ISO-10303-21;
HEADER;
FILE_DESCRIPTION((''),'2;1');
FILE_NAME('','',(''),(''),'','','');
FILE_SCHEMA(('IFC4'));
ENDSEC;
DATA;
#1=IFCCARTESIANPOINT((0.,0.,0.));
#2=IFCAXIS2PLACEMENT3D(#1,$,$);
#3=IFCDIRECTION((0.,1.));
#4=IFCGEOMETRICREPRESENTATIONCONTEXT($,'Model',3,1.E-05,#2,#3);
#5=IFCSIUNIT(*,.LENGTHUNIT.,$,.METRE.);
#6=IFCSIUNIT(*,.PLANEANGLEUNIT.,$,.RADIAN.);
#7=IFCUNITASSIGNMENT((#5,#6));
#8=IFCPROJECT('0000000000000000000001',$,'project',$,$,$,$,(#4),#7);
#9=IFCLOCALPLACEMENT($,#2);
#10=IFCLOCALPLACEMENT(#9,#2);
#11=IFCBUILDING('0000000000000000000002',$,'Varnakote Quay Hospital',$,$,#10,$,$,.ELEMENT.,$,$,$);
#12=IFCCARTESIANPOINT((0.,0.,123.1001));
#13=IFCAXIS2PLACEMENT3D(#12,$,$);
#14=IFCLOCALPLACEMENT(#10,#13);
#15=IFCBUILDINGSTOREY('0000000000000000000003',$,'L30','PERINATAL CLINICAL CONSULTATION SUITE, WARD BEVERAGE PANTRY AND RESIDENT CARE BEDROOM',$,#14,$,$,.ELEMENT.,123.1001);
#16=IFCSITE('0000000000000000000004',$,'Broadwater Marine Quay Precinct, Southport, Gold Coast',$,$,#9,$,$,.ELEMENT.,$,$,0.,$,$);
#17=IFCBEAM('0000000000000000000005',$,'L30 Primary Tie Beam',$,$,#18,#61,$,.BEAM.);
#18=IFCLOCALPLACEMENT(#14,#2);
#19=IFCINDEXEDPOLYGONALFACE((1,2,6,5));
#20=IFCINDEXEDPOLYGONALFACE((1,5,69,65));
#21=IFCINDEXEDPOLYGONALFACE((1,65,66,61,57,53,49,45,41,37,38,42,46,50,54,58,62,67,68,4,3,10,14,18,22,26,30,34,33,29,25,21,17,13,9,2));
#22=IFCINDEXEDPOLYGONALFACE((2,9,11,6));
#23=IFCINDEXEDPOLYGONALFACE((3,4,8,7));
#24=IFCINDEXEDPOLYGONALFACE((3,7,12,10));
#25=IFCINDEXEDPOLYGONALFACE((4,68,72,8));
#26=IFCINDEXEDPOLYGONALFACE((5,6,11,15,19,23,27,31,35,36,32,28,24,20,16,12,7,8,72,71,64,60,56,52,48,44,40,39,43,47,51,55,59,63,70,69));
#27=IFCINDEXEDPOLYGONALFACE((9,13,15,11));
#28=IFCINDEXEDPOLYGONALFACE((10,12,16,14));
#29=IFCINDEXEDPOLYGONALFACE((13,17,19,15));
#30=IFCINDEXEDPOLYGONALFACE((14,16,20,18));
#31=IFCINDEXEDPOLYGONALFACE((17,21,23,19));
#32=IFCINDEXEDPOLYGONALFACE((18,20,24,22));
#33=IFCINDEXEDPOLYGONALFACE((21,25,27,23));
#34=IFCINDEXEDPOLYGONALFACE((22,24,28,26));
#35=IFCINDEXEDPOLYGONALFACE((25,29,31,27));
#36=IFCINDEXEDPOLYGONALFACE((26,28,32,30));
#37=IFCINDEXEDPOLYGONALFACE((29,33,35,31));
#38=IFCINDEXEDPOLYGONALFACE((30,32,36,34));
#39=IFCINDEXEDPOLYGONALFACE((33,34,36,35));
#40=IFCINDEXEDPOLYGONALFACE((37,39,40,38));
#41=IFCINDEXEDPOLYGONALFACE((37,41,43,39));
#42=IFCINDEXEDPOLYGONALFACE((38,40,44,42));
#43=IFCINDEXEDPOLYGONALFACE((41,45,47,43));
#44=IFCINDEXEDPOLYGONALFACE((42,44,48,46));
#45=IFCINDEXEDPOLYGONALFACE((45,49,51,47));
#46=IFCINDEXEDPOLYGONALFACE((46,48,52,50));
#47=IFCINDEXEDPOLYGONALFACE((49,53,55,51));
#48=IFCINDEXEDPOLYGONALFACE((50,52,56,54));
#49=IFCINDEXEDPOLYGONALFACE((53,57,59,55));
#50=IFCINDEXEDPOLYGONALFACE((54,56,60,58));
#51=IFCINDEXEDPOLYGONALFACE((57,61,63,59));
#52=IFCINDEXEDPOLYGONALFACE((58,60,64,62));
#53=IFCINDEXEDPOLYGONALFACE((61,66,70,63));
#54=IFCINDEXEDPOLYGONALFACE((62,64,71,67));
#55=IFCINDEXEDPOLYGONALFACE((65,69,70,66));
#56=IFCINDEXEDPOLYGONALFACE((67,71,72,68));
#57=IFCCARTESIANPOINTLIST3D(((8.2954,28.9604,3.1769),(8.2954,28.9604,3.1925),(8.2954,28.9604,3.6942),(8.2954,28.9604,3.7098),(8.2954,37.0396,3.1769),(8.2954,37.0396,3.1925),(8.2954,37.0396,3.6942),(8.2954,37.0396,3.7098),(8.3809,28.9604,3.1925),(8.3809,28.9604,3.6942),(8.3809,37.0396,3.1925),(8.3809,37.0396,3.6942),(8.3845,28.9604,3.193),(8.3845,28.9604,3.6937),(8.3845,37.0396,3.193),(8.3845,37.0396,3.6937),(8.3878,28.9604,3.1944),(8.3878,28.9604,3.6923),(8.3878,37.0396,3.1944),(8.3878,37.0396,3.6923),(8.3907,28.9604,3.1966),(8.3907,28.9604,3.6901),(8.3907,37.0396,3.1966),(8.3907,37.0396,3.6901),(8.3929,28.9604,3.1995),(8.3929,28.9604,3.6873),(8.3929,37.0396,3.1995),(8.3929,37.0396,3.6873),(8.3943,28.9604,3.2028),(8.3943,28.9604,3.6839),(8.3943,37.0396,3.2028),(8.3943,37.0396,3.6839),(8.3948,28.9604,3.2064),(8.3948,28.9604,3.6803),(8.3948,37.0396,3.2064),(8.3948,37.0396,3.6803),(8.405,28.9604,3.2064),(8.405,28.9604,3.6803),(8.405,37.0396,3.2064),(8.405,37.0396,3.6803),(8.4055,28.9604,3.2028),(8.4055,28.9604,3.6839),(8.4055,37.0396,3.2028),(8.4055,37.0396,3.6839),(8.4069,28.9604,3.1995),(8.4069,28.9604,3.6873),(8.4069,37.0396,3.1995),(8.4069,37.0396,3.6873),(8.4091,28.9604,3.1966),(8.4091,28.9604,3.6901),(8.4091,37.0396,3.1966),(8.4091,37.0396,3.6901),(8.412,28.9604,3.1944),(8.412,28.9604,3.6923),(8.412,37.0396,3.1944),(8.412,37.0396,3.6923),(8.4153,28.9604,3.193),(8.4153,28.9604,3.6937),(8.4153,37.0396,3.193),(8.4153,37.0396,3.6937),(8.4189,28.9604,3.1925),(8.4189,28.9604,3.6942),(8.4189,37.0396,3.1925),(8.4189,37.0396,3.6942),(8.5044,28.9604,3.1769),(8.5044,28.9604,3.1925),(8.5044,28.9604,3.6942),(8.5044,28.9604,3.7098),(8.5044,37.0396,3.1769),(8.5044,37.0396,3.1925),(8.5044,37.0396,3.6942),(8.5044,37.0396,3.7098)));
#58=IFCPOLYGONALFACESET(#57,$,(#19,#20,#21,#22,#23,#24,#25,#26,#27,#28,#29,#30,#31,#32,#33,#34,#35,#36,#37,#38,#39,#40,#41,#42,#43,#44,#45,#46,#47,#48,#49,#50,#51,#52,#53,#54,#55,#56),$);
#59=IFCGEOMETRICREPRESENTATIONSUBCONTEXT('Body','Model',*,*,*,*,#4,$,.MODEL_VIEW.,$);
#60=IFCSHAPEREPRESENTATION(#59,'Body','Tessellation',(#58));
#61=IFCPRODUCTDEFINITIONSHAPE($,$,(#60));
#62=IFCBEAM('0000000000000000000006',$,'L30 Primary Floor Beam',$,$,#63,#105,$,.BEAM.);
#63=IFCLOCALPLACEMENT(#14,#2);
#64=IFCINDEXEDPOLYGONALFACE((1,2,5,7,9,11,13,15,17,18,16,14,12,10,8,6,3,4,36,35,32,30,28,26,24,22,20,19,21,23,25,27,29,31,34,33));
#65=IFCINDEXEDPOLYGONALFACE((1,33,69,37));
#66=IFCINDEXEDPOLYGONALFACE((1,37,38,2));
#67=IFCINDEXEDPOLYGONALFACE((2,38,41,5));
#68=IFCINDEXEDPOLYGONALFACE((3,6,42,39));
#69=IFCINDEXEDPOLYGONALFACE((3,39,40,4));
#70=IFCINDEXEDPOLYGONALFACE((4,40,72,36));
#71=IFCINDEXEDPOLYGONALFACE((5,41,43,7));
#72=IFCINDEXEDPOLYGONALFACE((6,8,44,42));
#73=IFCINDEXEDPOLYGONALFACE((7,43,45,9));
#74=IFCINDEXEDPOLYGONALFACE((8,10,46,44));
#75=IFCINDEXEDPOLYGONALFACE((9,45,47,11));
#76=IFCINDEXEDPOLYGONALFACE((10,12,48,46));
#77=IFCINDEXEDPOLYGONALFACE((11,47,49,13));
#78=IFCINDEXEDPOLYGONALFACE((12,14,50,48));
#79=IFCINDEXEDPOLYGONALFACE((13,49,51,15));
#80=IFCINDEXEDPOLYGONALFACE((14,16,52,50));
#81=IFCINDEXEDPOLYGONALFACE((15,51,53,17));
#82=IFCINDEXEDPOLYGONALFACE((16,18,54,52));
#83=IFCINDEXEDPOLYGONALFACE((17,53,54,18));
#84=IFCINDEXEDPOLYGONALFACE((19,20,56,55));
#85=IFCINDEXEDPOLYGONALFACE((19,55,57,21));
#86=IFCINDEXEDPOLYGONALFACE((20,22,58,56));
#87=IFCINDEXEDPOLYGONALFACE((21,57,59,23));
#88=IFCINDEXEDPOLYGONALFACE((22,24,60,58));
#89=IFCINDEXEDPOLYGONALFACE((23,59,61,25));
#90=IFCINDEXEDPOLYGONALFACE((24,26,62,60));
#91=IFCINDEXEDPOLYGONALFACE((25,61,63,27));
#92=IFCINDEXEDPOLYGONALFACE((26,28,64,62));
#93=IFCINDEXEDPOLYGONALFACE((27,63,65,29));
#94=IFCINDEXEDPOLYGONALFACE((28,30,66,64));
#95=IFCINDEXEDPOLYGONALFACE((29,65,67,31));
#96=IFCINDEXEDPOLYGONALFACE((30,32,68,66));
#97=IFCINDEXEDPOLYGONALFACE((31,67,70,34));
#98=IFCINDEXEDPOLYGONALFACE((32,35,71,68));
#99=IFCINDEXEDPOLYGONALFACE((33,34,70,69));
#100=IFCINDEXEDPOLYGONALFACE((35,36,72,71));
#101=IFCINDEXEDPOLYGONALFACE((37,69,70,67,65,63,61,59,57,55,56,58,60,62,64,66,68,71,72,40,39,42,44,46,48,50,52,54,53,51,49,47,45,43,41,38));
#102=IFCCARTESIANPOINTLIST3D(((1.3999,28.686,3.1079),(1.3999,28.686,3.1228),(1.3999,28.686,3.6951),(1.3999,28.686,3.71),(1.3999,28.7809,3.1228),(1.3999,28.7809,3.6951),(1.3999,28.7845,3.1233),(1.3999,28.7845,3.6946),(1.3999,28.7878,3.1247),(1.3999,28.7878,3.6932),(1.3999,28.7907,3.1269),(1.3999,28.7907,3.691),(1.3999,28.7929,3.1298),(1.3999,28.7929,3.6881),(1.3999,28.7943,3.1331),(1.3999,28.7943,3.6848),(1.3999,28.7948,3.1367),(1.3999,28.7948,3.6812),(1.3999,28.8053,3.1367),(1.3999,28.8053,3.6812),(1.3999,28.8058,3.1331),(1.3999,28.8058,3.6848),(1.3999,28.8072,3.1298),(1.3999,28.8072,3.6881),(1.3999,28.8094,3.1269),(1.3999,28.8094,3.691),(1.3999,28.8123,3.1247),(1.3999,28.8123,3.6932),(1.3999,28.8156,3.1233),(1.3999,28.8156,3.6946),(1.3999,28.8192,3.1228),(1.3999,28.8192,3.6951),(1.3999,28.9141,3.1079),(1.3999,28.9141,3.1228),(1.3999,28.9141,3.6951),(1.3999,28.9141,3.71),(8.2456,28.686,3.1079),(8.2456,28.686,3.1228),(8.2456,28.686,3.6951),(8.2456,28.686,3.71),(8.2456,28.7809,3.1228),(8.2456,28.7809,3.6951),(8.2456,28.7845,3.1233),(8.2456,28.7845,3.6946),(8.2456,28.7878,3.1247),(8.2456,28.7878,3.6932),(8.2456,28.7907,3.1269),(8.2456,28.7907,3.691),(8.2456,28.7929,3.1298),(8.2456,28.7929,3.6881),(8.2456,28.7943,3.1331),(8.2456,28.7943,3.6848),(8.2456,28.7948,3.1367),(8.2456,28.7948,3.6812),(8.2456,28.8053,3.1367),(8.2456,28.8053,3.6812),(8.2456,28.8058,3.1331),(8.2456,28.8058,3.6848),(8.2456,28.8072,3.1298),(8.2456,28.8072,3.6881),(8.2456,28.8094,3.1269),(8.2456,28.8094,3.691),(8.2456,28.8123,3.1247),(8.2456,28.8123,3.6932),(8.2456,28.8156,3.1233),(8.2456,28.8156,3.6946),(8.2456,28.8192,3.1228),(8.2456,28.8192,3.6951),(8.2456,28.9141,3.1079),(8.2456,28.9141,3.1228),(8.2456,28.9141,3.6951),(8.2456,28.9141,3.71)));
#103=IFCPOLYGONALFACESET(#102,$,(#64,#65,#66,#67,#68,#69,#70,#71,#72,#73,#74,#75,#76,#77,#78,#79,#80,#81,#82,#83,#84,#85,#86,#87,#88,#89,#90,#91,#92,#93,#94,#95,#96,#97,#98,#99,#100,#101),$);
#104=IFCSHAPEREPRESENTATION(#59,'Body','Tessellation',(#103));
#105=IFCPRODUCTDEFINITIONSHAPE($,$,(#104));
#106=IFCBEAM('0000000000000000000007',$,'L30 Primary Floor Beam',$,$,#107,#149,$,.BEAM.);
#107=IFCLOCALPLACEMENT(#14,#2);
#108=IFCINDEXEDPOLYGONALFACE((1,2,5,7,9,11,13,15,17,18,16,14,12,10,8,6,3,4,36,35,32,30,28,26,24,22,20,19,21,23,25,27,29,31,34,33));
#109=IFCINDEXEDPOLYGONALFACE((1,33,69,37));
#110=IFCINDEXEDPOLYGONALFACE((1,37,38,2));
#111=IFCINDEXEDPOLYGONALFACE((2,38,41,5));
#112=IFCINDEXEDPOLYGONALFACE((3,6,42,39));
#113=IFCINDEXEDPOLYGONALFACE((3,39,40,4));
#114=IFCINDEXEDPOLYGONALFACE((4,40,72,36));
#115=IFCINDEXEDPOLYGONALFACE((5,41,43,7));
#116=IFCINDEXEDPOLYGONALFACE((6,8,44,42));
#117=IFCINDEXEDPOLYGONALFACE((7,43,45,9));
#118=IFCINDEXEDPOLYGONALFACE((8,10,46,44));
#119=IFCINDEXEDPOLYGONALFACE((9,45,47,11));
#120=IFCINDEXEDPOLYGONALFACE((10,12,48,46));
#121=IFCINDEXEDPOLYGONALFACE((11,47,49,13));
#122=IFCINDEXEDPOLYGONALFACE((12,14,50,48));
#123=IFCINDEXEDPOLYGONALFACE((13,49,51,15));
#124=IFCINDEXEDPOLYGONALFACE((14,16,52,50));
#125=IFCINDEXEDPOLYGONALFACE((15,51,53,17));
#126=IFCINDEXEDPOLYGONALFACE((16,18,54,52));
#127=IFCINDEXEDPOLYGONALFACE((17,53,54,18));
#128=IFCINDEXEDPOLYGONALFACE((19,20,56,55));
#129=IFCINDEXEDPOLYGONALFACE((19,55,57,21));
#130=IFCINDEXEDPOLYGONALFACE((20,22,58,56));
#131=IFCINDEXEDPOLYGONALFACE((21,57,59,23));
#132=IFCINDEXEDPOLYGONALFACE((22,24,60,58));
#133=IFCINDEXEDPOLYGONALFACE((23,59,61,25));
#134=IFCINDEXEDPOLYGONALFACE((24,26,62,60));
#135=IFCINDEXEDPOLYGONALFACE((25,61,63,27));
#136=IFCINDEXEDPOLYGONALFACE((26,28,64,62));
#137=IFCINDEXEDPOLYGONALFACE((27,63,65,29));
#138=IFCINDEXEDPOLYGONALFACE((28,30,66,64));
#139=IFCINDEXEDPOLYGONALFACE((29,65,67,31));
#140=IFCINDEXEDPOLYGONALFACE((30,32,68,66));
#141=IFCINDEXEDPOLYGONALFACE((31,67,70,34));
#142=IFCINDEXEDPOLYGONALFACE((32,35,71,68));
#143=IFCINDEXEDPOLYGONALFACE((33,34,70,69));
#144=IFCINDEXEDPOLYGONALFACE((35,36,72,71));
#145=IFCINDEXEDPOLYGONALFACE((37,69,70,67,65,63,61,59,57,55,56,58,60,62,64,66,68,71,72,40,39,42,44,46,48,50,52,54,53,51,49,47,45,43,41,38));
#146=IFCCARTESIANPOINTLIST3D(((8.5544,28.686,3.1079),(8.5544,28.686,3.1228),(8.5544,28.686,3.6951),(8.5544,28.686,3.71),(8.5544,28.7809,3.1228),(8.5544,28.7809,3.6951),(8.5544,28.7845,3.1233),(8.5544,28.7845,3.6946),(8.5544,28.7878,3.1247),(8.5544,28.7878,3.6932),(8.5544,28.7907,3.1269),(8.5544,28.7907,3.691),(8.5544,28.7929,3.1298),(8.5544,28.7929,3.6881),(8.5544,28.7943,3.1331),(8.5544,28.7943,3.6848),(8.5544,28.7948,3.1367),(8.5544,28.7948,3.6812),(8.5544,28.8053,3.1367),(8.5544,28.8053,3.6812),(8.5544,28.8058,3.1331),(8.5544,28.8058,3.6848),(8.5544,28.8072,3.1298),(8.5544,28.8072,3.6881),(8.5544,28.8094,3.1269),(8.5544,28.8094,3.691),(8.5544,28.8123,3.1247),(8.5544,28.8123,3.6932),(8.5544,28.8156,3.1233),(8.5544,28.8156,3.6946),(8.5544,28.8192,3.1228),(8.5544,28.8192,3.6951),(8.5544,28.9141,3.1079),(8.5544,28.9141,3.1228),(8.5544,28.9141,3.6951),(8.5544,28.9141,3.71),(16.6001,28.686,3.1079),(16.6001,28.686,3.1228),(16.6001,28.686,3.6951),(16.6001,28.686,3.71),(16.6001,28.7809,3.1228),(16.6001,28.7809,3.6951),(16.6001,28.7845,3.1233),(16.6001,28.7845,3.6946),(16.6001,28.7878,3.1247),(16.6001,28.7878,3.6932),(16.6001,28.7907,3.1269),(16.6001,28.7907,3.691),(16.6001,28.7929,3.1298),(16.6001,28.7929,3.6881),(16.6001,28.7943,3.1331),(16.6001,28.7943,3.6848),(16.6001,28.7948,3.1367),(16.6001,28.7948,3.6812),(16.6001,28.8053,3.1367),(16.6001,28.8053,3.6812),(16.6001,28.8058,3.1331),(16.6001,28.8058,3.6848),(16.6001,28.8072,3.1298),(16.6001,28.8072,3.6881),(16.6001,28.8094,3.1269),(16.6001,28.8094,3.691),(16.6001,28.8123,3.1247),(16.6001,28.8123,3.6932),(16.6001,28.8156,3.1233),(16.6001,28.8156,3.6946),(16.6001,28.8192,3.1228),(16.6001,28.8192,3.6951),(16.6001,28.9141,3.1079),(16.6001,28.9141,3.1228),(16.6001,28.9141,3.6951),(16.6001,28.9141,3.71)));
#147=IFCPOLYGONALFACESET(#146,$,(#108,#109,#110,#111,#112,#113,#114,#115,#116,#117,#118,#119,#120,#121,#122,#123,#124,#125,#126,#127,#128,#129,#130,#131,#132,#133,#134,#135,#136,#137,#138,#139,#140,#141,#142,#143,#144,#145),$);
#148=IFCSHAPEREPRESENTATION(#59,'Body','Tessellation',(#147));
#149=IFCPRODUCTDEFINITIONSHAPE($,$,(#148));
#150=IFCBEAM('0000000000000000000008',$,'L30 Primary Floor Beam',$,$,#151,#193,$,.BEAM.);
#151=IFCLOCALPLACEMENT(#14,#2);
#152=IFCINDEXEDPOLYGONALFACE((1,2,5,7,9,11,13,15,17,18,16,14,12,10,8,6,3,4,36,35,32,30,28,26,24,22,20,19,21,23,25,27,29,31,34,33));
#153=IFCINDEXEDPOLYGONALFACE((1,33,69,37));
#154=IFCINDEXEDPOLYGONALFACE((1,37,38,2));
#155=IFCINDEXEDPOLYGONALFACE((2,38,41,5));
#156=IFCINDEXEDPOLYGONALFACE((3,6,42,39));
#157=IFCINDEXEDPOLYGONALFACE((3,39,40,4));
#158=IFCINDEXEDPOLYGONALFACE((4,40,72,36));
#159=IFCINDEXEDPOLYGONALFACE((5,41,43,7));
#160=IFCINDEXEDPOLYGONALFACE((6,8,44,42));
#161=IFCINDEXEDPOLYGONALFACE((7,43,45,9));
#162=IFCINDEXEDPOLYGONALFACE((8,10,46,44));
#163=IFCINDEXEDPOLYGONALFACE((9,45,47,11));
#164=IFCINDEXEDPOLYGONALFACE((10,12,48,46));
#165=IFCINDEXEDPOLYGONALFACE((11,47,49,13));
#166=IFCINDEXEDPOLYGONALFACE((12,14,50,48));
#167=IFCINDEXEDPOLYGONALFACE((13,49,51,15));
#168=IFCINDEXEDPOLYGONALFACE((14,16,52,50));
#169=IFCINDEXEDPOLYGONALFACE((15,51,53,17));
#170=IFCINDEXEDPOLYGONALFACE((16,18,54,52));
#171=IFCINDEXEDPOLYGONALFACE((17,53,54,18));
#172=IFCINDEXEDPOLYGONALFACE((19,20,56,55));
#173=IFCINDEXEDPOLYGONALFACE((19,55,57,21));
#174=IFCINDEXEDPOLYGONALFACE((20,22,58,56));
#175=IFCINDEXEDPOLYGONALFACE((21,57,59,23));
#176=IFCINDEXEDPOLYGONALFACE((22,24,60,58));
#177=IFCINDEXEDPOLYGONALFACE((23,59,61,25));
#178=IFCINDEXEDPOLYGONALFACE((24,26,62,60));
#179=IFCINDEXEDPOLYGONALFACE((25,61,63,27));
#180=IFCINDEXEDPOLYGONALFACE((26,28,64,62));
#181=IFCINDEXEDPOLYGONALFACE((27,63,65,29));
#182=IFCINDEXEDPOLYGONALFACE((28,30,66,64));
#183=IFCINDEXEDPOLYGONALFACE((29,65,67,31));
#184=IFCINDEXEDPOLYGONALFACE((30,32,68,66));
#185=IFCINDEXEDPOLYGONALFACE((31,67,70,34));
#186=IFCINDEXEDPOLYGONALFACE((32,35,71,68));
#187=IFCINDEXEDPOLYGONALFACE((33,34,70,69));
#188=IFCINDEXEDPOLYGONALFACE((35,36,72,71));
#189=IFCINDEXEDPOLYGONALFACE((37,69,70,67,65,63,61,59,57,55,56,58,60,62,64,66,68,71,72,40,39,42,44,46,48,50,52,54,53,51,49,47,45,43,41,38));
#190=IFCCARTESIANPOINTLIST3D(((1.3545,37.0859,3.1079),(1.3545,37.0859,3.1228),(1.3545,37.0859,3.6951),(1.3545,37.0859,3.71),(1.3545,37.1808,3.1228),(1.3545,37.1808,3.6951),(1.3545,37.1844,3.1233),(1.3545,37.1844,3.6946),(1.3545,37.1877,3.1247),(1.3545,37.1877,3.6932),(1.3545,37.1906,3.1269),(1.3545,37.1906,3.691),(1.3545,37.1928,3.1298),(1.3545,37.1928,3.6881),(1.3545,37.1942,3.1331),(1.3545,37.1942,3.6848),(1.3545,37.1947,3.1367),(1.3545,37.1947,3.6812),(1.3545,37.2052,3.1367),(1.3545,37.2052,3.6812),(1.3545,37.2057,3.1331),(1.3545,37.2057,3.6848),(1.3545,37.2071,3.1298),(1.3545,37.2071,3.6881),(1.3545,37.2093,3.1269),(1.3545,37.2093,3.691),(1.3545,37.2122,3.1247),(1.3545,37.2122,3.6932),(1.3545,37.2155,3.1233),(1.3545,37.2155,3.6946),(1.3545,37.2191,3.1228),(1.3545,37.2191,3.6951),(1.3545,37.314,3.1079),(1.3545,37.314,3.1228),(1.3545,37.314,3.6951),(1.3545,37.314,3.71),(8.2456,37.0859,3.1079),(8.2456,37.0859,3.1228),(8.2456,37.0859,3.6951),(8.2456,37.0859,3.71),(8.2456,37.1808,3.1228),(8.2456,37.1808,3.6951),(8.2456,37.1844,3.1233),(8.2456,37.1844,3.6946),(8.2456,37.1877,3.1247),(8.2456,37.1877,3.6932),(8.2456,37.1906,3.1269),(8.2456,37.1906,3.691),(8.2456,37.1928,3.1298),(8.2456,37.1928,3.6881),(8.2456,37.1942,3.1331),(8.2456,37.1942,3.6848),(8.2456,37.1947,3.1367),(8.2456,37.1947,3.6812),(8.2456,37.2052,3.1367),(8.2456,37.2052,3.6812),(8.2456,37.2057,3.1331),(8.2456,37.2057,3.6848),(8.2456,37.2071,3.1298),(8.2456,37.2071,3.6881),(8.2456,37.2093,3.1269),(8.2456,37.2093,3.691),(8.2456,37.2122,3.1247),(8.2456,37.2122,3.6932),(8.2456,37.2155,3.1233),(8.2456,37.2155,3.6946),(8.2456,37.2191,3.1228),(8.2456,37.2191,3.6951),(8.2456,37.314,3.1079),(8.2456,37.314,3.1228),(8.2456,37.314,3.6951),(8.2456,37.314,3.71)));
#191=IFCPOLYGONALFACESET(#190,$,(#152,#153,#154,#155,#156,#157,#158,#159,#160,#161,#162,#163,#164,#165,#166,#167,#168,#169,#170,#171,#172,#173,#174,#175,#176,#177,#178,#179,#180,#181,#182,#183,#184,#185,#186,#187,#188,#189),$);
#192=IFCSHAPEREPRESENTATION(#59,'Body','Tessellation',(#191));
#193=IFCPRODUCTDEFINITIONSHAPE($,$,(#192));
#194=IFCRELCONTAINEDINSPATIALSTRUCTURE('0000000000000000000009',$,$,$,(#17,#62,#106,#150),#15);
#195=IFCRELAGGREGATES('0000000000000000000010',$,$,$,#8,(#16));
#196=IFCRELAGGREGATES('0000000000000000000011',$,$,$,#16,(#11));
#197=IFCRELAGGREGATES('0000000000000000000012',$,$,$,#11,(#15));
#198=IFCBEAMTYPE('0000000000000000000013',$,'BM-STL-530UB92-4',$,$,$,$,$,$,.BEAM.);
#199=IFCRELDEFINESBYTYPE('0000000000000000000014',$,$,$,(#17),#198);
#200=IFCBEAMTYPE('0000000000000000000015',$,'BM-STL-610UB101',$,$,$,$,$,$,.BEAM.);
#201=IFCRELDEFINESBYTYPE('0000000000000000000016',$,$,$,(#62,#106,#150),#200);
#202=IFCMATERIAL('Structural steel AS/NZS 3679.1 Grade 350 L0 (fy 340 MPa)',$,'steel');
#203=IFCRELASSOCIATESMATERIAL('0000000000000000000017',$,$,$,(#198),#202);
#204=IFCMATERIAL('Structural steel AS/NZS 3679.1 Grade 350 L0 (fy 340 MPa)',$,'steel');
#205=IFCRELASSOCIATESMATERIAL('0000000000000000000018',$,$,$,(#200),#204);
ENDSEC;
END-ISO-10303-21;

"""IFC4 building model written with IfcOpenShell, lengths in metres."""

from ifc_helpers import new_model, si_unit, direction, frame, origin, origin_2d, place, context, subcontext, project, spatial, i_section, extrude, material, material_profile, profile_set, type_object, element, save


model = new_model("IFC4")

# Units and contexts
model_context = context("Model", 3, precision=1e-05, world=origin(), true_north=direction((0.0, 1.0)))
body_context = subcontext(model_context, "Body", "Model", "MODEL_VIEW")
ifc_project = project(units=[si_unit("LENGTHUNIT", "METRE"), si_unit("PLANEANGLEUNIT", "RADIAN")], contexts=[model_context])

# Site, building, storey
site_placement = place(None, origin())
site = spatial("IfcSite", under=ifc_project, at=site_placement, Name="Broadwater Marine Quay Precinct, Southport, Gold Coast", CompositionType="ELEMENT", RefElevation=0.0)
building_placement = place(site_placement, origin())
building = spatial("IfcBuilding", under=site, at=building_placement, Name="Varnakote Quay Hospital", CompositionType="ELEMENT")
storey_placement = place(building_placement, frame((0.0, 0.0, 123.1001)))
storey = spatial("IfcBuildingStorey", under=building, at=storey_placement, Name="L30", Description="PERINATAL CLINICAL CONSULTATION SUITE, WARD BEVERAGE PANTRY AND RESIDENT CARE BEDROOM", CompositionType="ELEMENT", Elevation=123.1001)

# Beams
ifc_material_1 = material(Name="Structural steel AS/NZS 3679.1 Grade 350 L0 (fy 340 MPa)", Category="steel")
ifc_material_profile_1 = material_profile(ifc_material_1, i_section(OverallWidth=0.209, OverallDepth=0.533, WebThickness=0.0103, FlangeThickness=0.0156, FilletRadius=0.0139, at=origin_2d()), Name="530UB92.4")
ifc_profile_set_1 = profile_set([ifc_material_profile_1], Name="Structural steel AS/NZS 3679.1 Grade 350 L0 (fy 340 MPa)")
beam_type_1 = type_object("IfcBeamType", Name="BM-STL-530UB92-4", PredefinedType="BEAM", material=ifc_profile_set_1)
beam_1_placement = place(storey_placement, frame((8.3999, 28.9604, 3.4434), z_axis=(0.0, 1.0, 0.0), x_axis=(-1.0, 0.0, 0.0)))
element("IfcBeam", 1, at=beam_1_placement, inside=storey, type_object=beam_type_1, Name="L30 Primary Tie Beam", PredefinedType="BEAM", context=body_context, shape_type="SweptSolid", body=[
    extrude(i_section(OverallWidth=0.209, OverallDepth=0.533, WebThickness=0.0103, FlangeThickness=0.0156, FilletRadius=0.0139, at=origin_2d()), origin(), (0.0, 0.0, 1.0), 8.0791),
])
ifc_material_2 = material(Name="Structural steel AS/NZS 3679.1 Grade 350 L0 (fy 340 MPa)", Category="steel")
ifc_material_profile_2 = material_profile(ifc_material_2, i_section(OverallWidth=0.228, OverallDepth=0.6021, WebThickness=0.0105, FlangeThickness=0.0149, FilletRadius=0.0139, at=origin_2d()), Name="610UB101")
ifc_profile_set_2 = profile_set([ifc_material_profile_2], Name="Structural steel AS/NZS 3679.1 Grade 350 L0 (fy 340 MPa)")
beam_type_2 = type_object("IfcBeamType", Name="BM-STL-610UB101", PredefinedType="BEAM", material=ifc_profile_set_2)
beam_2_placement = place(storey_placement, frame((1.3999, 28.8, 3.4089), z_axis=(1.0, 0.0, 0.0), x_axis=(0.0, 1.0, 0.0)))
element("IfcBeam", 2, at=beam_2_placement, inside=storey, type_object=beam_type_2, Name="L30 Primary Floor Beam", PredefinedType="BEAM", context=body_context, shape_type="SweptSolid", body=[
    extrude(i_section(OverallWidth=0.228, OverallDepth=0.6021, WebThickness=0.0105, FlangeThickness=0.0149, FilletRadius=0.0139, at=origin_2d()), origin(), (0.0, 0.0, 1.0), 6.8457),
])
beam_3_placement = place(storey_placement, frame((8.5544, 28.8, 3.4089), z_axis=(1.0, 0.0, 0.0), x_axis=(0.0, 1.0, 0.0)))
element("IfcBeam", 3, at=beam_3_placement, inside=storey, type_object=beam_type_2, Name="L30 Primary Floor Beam", PredefinedType="BEAM", context=body_context, shape_type="SweptSolid", body=[
    extrude(i_section(OverallWidth=0.228, OverallDepth=0.6021, WebThickness=0.0105, FlangeThickness=0.0149, FilletRadius=0.0139, at=origin_2d()), origin(), (0.0, 0.0, 1.0), 8.0457),
])
beam_4_placement = place(storey_placement, frame((1.3545, 37.2, 3.4089), z_axis=(1.0, 0.0, 0.0), x_axis=(0.0, 1.0, 0.0)))
element("IfcBeam", 4, at=beam_4_placement, inside=storey, type_object=beam_type_2, Name="L30 Primary Floor Beam", PredefinedType="BEAM", context=body_context, shape_type="SweptSolid", body=[
    extrude(i_section(OverallWidth=0.228, OverallDepth=0.6021, WebThickness=0.0105, FlangeThickness=0.0149, FilletRadius=0.0139, at=origin_2d()), origin(), (0.0, 0.0, 1.0), 6.8911),
])

save(model, "model.ifc")
